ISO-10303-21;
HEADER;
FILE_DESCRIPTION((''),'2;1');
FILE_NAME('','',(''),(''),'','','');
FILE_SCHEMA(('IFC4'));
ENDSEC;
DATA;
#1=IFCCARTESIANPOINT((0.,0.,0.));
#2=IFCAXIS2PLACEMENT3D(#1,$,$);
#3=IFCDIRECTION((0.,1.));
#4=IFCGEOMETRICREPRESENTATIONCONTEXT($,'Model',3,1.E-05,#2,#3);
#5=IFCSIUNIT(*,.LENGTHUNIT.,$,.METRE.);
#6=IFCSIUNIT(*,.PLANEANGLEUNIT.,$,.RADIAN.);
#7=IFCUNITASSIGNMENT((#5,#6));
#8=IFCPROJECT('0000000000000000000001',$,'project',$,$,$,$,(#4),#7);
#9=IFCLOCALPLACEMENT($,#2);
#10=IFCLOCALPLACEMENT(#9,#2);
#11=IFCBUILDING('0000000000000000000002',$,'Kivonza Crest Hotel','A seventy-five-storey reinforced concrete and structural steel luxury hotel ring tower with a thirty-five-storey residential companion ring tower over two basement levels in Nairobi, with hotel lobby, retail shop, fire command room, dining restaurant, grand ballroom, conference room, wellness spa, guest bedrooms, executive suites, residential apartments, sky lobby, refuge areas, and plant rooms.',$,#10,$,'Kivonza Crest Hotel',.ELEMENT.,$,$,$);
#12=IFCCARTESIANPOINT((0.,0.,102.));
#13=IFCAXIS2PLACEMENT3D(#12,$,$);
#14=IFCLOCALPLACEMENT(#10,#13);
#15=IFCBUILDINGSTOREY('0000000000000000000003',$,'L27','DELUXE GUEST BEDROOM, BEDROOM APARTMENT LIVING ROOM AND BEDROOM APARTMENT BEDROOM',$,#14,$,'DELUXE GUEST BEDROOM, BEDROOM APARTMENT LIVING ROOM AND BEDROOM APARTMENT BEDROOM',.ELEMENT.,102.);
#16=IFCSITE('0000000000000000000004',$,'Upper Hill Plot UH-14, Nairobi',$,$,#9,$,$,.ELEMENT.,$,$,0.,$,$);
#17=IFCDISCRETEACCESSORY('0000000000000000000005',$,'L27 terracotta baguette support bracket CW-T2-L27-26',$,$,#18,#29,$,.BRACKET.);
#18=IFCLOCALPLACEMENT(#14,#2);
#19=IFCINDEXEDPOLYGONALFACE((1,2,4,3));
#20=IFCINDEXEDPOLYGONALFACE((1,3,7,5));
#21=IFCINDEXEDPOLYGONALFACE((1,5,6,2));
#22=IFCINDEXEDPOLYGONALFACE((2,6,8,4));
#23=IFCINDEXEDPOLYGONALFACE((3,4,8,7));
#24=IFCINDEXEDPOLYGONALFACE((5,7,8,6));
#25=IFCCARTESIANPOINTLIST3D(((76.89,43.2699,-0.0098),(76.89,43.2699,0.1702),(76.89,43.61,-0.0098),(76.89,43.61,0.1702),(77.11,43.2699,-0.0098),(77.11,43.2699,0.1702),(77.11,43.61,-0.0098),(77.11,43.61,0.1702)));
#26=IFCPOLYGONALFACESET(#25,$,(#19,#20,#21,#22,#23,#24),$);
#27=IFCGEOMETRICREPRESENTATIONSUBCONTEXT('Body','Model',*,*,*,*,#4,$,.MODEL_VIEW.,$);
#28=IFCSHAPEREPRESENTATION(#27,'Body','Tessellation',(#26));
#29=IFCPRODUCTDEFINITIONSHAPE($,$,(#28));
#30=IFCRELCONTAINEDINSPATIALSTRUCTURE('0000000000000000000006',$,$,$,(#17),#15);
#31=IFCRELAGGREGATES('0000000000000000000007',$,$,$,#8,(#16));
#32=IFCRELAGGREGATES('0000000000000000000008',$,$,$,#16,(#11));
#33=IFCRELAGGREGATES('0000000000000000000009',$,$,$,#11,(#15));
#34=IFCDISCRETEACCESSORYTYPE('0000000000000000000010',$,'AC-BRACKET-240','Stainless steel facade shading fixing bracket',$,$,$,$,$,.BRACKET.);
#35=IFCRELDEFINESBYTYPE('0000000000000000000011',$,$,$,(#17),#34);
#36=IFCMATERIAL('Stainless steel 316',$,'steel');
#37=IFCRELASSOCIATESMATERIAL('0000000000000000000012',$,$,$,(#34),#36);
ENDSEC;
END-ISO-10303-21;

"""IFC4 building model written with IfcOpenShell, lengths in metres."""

from ifc_helpers import new_model, si_unit, direction, frame, origin, origin_2d, place, context, subcontext, project, spatial, rectangle, extrude, material, type_object, element, save


model = new_model("IFC4")

# Units and contexts
model_context = context("Model", 3, precision=1e-05, world=origin(), true_north=direction((0.0, 1.0)))
body_context = subcontext(model_context, "Body", "Model", "MODEL_VIEW")
ifc_project = project(units=[si_unit("LENGTHUNIT", "METRE"), si_unit("PLANEANGLEUNIT", "RADIAN")], contexts=[model_context])

# Site, building, storey
site_placement = place(None, origin())
site = spatial("IfcSite", under=ifc_project, at=site_placement, Name="Upper Hill Plot UH-14, Nairobi", CompositionType="ELEMENT", RefElevation=0.0)
building_placement = place(site_placement, origin())
building = spatial("IfcBuilding", under=site, at=building_placement, Name="Kivonza Crest Hotel", Description="A seventy-five-storey reinforced concrete and structural steel luxury hotel ring tower with a thirty-five-storey residential companion ring tower over two basement levels in Nairobi, with hotel lobby, retail shop, fire command room, dining restaurant, grand ballroom, conference room, wellness spa, guest bedrooms, executive suites, residential apartments, sky lobby, refuge areas, and plant rooms.", LongName="Kivonza Crest Hotel", CompositionType="ELEMENT")
storey_placement = place(building_placement, frame((0.0, 0.0, 102.0)))
storey = spatial("IfcBuildingStorey", under=building, at=storey_placement, Name="L27", Description="DELUXE GUEST BEDROOM, BEDROOM APARTMENT LIVING ROOM AND BEDROOM APARTMENT BEDROOM", LongName="DELUXE GUEST BEDROOM, BEDROOM APARTMENT LIVING ROOM AND BEDROOM APARTMENT BEDROOM", CompositionType="ELEMENT", Elevation=102.0)

# Discrete accessory
ifc_material_1 = material(Name="Stainless steel 316", Category="steel")
discrete_accessory_type = type_object("IfcDiscreteAccessoryType", Name="AC-BRACKET-240", Description="Stainless steel facade shading fixing bracket", PredefinedType="BRACKET", material=ifc_material_1)
discrete_accessory_placement = place(storey_placement, frame((77.0, 43.4399, -0.0098), z_axis=(0.0, 0.0, 1.0), x_axis=(-1.0, 0.0, 0.0)))
element("IfcDiscreteAccessory", 1, at=discrete_accessory_placement, inside=storey, type_object=discrete_accessory_type, Name="L27 terracotta baguette support bracket CW-T2-L27-26", PredefinedType="BRACKET", context=body_context, shape_type="SweptSolid", body=[
    extrude(rectangle(XDim=0.22, YDim=0.3401, at=origin_2d()), origin(), (0.0, 0.0, 1.0), 0.1799),
])

save(model, "model.ifc")
